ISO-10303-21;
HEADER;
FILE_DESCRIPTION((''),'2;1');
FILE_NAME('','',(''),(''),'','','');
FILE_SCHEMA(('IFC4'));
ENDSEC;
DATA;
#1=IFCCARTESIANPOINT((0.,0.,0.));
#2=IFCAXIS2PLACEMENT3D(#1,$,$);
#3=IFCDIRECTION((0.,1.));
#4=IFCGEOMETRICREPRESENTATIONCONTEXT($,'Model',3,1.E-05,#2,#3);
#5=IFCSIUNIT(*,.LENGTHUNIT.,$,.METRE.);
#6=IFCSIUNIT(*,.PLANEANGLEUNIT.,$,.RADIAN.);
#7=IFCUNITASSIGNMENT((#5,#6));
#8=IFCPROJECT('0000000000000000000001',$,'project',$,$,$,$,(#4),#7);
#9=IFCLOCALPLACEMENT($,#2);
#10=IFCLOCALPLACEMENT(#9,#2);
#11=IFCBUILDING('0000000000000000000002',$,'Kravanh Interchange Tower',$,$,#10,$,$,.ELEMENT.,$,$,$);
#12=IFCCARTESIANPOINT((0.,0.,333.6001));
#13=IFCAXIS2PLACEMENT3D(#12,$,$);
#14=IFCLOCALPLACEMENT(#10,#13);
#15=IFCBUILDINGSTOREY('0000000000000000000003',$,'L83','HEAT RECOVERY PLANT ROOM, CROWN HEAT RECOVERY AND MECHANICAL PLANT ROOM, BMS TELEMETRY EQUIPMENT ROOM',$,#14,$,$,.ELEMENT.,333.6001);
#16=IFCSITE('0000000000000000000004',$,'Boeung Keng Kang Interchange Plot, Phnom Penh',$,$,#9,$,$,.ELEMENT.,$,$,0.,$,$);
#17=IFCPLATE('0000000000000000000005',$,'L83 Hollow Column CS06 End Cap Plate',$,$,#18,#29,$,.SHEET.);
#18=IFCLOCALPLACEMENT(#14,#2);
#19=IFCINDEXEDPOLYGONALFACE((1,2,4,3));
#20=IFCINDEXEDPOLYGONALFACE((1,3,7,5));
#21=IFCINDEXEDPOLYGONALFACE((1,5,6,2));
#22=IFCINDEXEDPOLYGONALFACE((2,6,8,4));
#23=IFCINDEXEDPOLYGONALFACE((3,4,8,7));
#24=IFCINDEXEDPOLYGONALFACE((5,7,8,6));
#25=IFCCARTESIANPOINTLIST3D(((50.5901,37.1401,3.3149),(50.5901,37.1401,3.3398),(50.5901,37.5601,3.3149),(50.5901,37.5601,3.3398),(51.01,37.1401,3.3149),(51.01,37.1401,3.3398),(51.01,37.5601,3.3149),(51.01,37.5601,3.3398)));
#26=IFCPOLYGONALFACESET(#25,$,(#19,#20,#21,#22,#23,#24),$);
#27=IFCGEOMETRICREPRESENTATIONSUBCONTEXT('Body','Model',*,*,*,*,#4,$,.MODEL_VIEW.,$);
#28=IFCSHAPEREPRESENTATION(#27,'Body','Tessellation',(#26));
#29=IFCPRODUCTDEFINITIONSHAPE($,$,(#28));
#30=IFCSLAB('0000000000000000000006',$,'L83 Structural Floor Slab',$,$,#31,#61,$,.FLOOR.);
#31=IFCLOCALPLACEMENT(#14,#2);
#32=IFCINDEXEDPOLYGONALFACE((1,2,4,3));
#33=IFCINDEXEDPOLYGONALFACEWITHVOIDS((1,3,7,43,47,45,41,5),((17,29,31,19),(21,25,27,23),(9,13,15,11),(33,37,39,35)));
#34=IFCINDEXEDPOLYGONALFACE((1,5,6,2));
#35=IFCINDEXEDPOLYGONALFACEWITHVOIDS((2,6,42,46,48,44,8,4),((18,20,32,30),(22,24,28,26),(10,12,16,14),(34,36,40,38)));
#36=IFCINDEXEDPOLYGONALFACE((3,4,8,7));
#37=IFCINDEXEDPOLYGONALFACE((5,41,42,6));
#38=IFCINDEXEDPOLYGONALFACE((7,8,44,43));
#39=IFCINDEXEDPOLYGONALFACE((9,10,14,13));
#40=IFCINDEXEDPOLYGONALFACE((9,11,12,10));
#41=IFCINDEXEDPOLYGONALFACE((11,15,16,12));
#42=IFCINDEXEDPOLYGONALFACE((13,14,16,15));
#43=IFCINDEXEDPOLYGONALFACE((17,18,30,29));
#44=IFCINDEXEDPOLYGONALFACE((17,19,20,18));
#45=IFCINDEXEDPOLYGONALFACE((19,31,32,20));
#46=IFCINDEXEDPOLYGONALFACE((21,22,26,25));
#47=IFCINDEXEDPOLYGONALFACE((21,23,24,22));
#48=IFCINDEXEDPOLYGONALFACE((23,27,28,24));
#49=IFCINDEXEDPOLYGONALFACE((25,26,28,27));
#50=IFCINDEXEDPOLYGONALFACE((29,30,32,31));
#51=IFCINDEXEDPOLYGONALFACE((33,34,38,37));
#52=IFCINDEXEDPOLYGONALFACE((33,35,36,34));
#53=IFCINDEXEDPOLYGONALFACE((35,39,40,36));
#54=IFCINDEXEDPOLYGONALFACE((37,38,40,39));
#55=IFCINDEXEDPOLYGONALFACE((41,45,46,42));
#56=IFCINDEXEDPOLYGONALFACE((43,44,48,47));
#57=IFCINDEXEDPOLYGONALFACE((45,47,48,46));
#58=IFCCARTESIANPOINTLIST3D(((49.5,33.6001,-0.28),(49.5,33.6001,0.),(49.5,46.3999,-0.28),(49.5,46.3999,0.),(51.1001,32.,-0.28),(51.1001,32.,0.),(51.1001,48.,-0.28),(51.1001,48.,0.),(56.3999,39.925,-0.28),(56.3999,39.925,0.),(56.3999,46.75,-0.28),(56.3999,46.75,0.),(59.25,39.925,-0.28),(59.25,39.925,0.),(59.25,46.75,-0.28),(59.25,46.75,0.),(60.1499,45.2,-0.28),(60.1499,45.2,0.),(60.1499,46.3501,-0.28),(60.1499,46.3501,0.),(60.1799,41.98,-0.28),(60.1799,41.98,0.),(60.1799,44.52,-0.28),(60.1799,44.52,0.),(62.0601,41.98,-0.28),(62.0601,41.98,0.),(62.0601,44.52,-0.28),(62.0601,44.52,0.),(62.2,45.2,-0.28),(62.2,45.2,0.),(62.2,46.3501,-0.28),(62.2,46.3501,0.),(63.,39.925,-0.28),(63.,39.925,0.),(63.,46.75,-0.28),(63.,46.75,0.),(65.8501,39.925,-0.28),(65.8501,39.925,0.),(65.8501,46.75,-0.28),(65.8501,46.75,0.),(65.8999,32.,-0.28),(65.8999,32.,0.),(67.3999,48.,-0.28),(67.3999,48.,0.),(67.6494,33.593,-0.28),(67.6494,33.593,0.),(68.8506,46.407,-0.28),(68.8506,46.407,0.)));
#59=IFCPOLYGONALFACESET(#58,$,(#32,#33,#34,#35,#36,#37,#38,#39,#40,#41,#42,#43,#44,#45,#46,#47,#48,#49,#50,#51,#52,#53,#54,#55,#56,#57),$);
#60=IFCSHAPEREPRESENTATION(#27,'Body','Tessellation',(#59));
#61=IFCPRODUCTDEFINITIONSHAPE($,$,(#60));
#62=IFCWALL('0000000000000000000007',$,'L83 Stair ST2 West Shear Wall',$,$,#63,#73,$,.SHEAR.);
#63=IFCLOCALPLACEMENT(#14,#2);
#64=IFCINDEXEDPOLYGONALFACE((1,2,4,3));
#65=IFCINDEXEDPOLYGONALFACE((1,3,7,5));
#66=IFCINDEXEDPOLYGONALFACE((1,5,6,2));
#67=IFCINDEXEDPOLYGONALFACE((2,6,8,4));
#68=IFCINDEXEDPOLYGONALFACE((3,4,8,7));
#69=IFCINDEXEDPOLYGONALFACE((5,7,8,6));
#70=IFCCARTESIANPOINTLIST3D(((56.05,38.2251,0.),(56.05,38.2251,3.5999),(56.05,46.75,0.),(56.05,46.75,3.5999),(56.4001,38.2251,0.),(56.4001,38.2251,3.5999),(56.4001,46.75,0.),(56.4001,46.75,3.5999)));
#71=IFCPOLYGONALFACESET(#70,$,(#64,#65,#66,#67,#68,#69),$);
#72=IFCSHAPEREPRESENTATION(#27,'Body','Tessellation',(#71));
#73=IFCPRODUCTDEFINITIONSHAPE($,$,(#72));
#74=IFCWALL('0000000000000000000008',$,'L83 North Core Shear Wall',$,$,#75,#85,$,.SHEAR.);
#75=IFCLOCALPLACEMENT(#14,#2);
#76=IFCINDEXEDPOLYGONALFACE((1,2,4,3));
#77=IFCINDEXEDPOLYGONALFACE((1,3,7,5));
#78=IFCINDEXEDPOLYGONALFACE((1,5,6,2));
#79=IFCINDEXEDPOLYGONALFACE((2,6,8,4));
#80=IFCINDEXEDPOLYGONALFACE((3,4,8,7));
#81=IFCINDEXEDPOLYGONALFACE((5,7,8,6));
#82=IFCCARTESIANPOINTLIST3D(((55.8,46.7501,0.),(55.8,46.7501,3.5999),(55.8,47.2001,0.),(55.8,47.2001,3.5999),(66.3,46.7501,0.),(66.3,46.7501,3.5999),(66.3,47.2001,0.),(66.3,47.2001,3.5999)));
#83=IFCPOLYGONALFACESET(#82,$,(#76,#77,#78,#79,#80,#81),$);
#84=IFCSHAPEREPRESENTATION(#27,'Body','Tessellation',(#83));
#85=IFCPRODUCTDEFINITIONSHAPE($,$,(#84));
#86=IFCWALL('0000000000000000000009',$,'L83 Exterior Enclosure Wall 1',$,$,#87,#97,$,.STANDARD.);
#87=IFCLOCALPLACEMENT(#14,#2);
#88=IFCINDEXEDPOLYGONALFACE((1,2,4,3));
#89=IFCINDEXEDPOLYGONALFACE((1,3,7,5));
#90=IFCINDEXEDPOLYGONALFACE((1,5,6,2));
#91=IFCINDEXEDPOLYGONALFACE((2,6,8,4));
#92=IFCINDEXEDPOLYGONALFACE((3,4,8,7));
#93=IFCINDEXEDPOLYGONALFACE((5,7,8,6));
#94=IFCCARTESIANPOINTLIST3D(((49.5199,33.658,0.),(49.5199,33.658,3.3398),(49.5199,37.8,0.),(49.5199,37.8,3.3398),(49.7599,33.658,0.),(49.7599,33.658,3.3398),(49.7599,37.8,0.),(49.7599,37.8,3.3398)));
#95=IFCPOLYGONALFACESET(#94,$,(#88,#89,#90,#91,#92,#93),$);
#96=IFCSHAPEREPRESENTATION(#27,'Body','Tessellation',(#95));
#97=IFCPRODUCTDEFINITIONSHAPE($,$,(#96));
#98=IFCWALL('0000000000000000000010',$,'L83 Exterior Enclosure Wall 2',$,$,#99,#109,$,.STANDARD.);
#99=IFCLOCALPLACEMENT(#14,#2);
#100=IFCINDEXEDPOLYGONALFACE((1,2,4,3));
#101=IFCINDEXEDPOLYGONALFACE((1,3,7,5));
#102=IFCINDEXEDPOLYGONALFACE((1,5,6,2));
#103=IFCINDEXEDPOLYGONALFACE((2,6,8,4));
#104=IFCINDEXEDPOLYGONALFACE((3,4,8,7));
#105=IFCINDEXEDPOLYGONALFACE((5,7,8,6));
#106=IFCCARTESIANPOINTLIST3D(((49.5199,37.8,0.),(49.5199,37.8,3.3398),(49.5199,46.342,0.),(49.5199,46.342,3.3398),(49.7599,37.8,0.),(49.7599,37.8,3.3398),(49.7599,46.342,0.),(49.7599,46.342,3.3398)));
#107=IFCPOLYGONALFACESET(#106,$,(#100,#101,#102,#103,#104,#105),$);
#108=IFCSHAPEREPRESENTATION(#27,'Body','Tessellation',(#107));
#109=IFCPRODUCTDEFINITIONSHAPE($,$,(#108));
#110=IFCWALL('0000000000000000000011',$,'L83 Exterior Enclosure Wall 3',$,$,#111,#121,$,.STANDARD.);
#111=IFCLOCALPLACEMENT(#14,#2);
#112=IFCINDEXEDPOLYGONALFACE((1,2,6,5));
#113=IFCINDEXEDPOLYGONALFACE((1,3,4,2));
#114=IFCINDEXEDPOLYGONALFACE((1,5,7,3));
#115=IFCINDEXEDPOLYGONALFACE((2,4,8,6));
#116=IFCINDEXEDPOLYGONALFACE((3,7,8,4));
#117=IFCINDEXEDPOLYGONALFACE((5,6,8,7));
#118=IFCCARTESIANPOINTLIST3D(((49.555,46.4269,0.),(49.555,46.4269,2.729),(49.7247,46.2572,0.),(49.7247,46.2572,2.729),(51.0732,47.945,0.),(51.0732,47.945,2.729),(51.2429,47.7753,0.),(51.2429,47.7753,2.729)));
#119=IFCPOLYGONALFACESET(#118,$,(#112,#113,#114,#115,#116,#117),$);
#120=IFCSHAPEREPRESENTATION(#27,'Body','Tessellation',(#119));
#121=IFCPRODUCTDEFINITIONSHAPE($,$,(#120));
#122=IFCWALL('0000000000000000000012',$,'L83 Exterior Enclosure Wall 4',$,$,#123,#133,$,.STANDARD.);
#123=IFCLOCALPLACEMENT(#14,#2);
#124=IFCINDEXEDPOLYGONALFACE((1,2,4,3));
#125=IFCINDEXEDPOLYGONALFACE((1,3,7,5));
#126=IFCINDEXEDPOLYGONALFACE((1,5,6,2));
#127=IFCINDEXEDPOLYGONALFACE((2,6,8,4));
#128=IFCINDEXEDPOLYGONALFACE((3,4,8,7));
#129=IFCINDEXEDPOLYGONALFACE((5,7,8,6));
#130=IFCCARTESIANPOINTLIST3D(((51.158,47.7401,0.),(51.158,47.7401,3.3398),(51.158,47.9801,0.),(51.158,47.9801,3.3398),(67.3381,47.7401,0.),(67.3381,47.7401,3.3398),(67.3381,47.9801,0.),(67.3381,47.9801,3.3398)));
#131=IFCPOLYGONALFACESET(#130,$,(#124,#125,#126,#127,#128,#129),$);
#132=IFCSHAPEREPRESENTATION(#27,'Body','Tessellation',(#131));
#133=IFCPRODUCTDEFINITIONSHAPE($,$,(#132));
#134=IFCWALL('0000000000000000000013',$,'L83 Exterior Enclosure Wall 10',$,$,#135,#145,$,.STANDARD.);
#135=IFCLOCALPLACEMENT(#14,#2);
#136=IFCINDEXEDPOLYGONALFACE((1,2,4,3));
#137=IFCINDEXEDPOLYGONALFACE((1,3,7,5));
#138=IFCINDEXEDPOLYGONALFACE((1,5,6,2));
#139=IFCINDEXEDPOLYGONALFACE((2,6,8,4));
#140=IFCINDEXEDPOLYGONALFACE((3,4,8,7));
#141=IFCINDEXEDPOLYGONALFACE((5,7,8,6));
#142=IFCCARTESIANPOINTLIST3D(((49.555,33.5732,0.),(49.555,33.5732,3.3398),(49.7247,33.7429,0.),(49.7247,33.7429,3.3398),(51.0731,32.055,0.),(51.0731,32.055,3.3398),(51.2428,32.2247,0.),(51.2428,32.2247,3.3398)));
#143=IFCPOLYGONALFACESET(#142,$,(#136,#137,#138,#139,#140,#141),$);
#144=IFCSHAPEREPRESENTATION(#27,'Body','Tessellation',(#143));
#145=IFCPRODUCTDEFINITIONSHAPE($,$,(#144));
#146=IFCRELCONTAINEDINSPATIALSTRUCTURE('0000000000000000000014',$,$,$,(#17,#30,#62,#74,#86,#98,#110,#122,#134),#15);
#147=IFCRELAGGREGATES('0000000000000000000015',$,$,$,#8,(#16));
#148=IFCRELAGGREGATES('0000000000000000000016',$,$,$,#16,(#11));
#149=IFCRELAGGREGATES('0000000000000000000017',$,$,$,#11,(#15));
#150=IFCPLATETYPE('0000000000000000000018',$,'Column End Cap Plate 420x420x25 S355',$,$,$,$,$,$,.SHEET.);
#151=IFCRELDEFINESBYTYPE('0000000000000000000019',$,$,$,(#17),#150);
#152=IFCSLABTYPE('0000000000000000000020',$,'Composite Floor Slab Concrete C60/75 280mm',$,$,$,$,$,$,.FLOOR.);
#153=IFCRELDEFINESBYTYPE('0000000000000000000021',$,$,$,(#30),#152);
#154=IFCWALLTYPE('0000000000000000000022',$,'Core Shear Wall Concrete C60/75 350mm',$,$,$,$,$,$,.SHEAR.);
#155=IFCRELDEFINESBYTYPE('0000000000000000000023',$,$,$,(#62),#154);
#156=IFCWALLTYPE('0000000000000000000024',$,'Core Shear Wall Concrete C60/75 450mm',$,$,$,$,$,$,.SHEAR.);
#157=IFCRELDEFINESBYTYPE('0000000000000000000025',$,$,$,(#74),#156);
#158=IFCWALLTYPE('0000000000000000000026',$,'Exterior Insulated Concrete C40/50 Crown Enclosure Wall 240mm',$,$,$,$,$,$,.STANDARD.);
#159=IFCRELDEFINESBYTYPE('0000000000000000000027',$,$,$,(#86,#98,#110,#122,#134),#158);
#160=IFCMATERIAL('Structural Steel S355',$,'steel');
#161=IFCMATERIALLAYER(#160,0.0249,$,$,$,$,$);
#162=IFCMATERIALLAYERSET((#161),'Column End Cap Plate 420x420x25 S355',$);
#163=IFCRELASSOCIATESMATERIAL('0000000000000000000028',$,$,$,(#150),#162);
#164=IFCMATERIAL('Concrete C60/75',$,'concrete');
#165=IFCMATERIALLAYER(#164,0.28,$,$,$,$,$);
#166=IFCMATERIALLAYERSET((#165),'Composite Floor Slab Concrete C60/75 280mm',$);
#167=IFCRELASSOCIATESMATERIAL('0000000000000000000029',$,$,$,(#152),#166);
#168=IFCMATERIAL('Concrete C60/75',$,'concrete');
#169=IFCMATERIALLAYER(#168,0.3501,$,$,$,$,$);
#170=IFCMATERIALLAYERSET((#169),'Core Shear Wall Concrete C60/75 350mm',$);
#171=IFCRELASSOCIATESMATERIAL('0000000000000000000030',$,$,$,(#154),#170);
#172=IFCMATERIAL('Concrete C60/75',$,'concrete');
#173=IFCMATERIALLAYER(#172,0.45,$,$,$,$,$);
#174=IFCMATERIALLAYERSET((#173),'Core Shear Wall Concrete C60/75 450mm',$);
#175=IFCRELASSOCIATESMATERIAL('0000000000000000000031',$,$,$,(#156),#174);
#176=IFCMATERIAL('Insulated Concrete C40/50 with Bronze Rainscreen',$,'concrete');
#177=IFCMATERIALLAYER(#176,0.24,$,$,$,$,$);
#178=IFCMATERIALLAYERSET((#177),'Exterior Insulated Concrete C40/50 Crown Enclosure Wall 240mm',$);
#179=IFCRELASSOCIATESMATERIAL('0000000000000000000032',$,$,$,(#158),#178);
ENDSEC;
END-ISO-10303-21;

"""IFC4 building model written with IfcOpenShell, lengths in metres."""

from ifc_helpers import new_model, si_unit, direction, frame, frame_2d, origin, origin_2d, place, context, subcontext, project, spatial, polyline, rectangle, outline, extrude, material, layer, layer_set, type_object, element, save


model = new_model("IFC4")

# Units and contexts
model_context = context("Model", 3, precision=1e-05, world=origin(), true_north=direction((0.0, 1.0)))
body_context = subcontext(model_context, "Body", "Model", "MODEL_VIEW")
ifc_project = project(units=[si_unit("LENGTHUNIT", "METRE"), si_unit("PLANEANGLEUNIT", "RADIAN")], contexts=[model_context])

# Site, building, storey
site_placement = place(None, origin())
site = spatial("IfcSite", under=ifc_project, at=site_placement, Name="Boeung Keng Kang Interchange Plot, Phnom Penh", CompositionType="ELEMENT", RefElevation=0.0)
building_placement = place(site_placement, origin())
building = spatial("IfcBuilding", under=site, at=building_placement, Name="Kravanh Interchange Tower", CompositionType="ELEMENT")
storey_placement = place(building_placement, frame((0.0, 0.0, 333.6001)))
storey = spatial("IfcBuildingStorey", under=building, at=storey_placement, Name="L83", Description="HEAT RECOVERY PLANT ROOM, CROWN HEAT RECOVERY AND MECHANICAL PLANT ROOM, BMS TELEMETRY EQUIPMENT ROOM", CompositionType="ELEMENT", Elevation=333.6001)

# Plate
ifc_material_1 = material(Name="Structural Steel S355", Category="steel")
ifc_layer_1 = layer(ifc_material_1, 0.0249)
ifc_layer_set_1 = layer_set([ifc_layer_1], Name="Column End Cap Plate 420x420x25 S355")
plate_type = type_object("IfcPlateType", Name="Column End Cap Plate 420x420x25 S355", PredefinedType="SHEET", material=ifc_layer_set_1)
for number, where, z_axis, x_axis, name in (
    (1, (50.8, 37.3501, 3.3149), (0.0, 0.0, 1.0), (1.0, 0.0, 0.0), "L83 Hollow Column CS06 End Cap Plate"),
):
    element("IfcPlate", number, at=place(storey_placement, frame(where, z_axis=z_axis, x_axis=x_axis)), inside=storey, type_object=plate_type, Name=name, PredefinedType="SHEET", context=body_context, shape_type="SweptSolid", body=[
        extrude(rectangle(XDim=0.4199, YDim=0.4199, at=origin_2d()), origin(), (0.0, 0.0, 1.0), 0.0249),
    ])

# Slab
ifc_material_2 = material(Name="Concrete C60/75", Category="concrete")
ifc_layer_2 = layer(ifc_material_2, 0.28)
ifc_layer_set_2 = layer_set([ifc_layer_2], Name="Composite Floor Slab Concrete C60/75 280mm")
slab_type = type_object("IfcSlabType", Name="Composite Floor Slab Concrete C60/75 280mm", PredefinedType="FLOOR", material=ifc_layer_set_2)
slab_placement = place(storey_placement, frame((0.0, 0.0, -0.28)))
element("IfcSlab", 2, at=slab_placement, inside=storey, type_object=slab_type, Name="L83 Structural Floor Slab", PredefinedType="FLOOR", context=body_context, shape_type="SweptSolid", body=[
    extrude(outline(polyline([(49.5, 33.6001), (51.1001, 32.0), (65.8999, 32.0), (67.6494, 33.593), (68.8506, 46.407), (67.3999, 48.0), (51.1001, 48.0), (49.5, 46.3999), (49.5, 33.6001)]), holes=[polyline([(65.8501, 39.925), (65.8501, 46.75), (63.0, 46.75), (63.0, 39.925), (65.8501, 39.925)]), polyline([(59.25, 39.925), (59.25, 46.75), (56.3999, 46.75), (56.3999, 39.925), (59.25, 39.925)]), polyline([(60.1799, 41.98), (62.0601, 41.98), (62.0601, 44.52), (60.1799, 44.52), (60.1799, 41.98)]), polyline([(60.1499, 45.2), (62.2, 45.2), (62.2, 46.3501), (60.1499, 46.3501), (60.1499, 45.2)])]), origin(), (0.0, 0.0, 1.0), 0.28),
])

# Walls
ifc_material_3 = material(Name="Concrete C60/75", Category="concrete")
ifc_layer_3 = layer(ifc_material_3, 0.3501)
ifc_layer_set_3 = layer_set([ifc_layer_3], Name="Core Shear Wall Concrete C60/75 350mm")
wall_type_1 = type_object("IfcWallType", Name="Core Shear Wall Concrete C60/75 350mm", PredefinedType="SHEAR", material=ifc_layer_set_3)
wall_1_placement = place(storey_placement, frame((56.2251, 38.2251, 0.0), z_axis=(0.0, 0.0, 1.0), x_axis=(0.0, 1.0, 0.0)))
element("IfcWall", 3, at=wall_1_placement, inside=storey, type_object=wall_type_1, Name="L83 Stair ST2 West Shear Wall", PredefinedType="SHEAR", context=body_context, shape_type="SweptSolid", body=[
    extrude(rectangle(XDim=8.5249, YDim=0.3501, at=frame_2d((4.2625, 0.0))), origin(), (0.0, 0.0, 1.0), 3.5999),
])
ifc_material_4 = material(Name="Concrete C60/75", Category="concrete")
ifc_layer_4 = layer(ifc_material_4, 0.45)
ifc_layer_set_4 = layer_set([ifc_layer_4], Name="Core Shear Wall Concrete C60/75 450mm")
wall_type_2 = type_object("IfcWallType", Name="Core Shear Wall Concrete C60/75 450mm", PredefinedType="SHEAR", material=ifc_layer_set_4)
wall_2_placement = place(storey_placement, frame((55.8, 46.9751, 0.0), z_axis=(0.0, 0.0, 1.0), x_axis=(1.0, 0.0, 0.0)))
element("IfcWall", 4, at=wall_2_placement, inside=storey, type_object=wall_type_2, Name="L83 North Core Shear Wall", PredefinedType="SHEAR", context=body_context, shape_type="SweptSolid", body=[
    extrude(rectangle(XDim=10.5, YDim=0.45, at=frame_2d((5.25, 0.0))), origin(), (0.0, 0.0, 1.0), 3.5999),
])

# Walls
ifc_material_5 = material(Name="Insulated Concrete C40/50 with Bronze Rainscreen", Category="concrete")
ifc_layer_5 = layer(ifc_material_5, 0.24)
ifc_layer_set_5 = layer_set([ifc_layer_5], Name="Exterior Insulated Concrete C40/50 Crown Enclosure Wall 240mm")
wall_type_3 = type_object("IfcWallType", Name="Exterior Insulated Concrete C40/50 Crown Enclosure Wall 240mm", PredefinedType="STANDARD", material=ifc_layer_set_5)
wall_3_placement = place(storey_placement, frame((49.6399, 33.658, 0.0), z_axis=(0.0, 0.0, 1.0), x_axis=(0.0, 1.0, 0.0)))
element("IfcWall", 5, at=wall_3_placement, inside=storey, type_object=wall_type_3, Name="L83 Exterior Enclosure Wall 1", PredefinedType="STANDARD", context=body_context, shape_type="SweptSolid", body=[
    extrude(rectangle(XDim=4.1421, YDim=0.24, at=frame_2d((2.071, 0.0))), origin(), (0.0, 0.0, 1.0), 3.3398),
])
wall_4_placement = place(storey_placement, frame((49.6399, 37.8, 0.0), z_axis=(0.0, 0.0, 1.0), x_axis=(0.0, 1.0, 0.0)))
element("IfcWall", 6, at=wall_4_placement, inside=storey, type_object=wall_type_3, Name="L83 Exterior Enclosure Wall 2", PredefinedType="STANDARD", context=body_context, shape_type="SweptSolid", body=[
    extrude(rectangle(XDim=8.542, YDim=0.24, at=frame_2d((4.271, 0.0))), origin(), (0.0, 0.0, 1.0), 3.3398),
])
wall_5_placement = place(storey_placement, frame((49.6399, 46.342, 0.0), z_axis=(0.0, 0.0, 1.0), x_axis=(0.707107, 0.707107, 0.0)))
element("IfcWall", 7, at=wall_5_placement, inside=storey, type_object=wall_type_3, Name="L83 Exterior Enclosure Wall 3", PredefinedType="STANDARD", context=body_context, shape_type="SweptSolid", body=[
    extrude(rectangle(XDim=2.147, YDim=0.24, at=frame_2d((1.0735, 0.0))), origin(), (0.0, 0.0, 1.0), 2.729),
])
wall_6_placement = place(storey_placement, frame((51.158, 47.8601, 0.0), z_axis=(0.0, 0.0, 1.0), x_axis=(1.0, 0.0, 0.0)))
element("IfcWall", 8, at=wall_6_placement, inside=storey, type_object=wall_type_3, Name="L83 Exterior Enclosure Wall 4", PredefinedType="STANDARD", context=body_context, shape_type="SweptSolid", body=[
    extrude(rectangle(XDim=16.1802, YDim=0.24, at=frame_2d((8.0901, 0.0))), origin(), (0.0, 0.0, 1.0), 3.3398),
])
wall_7_placement = place(storey_placement, frame((51.158, 32.1399, 0.0), z_axis=(0.0, 0.0, 1.0), x_axis=(-0.707107, 0.707107, 0.0)))
element("IfcWall", 9, at=wall_7_placement, inside=storey, type_object=wall_type_3, Name="L83 Exterior Enclosure Wall 10", PredefinedType="STANDARD", context=body_context, shape_type="SweptSolid", body=[
    extrude(rectangle(XDim=2.147, YDim=0.24, at=frame_2d((1.0735, 0.0))), origin(), (0.0, 0.0, 1.0), 3.3398),
])

save(model, "model.ifc")
